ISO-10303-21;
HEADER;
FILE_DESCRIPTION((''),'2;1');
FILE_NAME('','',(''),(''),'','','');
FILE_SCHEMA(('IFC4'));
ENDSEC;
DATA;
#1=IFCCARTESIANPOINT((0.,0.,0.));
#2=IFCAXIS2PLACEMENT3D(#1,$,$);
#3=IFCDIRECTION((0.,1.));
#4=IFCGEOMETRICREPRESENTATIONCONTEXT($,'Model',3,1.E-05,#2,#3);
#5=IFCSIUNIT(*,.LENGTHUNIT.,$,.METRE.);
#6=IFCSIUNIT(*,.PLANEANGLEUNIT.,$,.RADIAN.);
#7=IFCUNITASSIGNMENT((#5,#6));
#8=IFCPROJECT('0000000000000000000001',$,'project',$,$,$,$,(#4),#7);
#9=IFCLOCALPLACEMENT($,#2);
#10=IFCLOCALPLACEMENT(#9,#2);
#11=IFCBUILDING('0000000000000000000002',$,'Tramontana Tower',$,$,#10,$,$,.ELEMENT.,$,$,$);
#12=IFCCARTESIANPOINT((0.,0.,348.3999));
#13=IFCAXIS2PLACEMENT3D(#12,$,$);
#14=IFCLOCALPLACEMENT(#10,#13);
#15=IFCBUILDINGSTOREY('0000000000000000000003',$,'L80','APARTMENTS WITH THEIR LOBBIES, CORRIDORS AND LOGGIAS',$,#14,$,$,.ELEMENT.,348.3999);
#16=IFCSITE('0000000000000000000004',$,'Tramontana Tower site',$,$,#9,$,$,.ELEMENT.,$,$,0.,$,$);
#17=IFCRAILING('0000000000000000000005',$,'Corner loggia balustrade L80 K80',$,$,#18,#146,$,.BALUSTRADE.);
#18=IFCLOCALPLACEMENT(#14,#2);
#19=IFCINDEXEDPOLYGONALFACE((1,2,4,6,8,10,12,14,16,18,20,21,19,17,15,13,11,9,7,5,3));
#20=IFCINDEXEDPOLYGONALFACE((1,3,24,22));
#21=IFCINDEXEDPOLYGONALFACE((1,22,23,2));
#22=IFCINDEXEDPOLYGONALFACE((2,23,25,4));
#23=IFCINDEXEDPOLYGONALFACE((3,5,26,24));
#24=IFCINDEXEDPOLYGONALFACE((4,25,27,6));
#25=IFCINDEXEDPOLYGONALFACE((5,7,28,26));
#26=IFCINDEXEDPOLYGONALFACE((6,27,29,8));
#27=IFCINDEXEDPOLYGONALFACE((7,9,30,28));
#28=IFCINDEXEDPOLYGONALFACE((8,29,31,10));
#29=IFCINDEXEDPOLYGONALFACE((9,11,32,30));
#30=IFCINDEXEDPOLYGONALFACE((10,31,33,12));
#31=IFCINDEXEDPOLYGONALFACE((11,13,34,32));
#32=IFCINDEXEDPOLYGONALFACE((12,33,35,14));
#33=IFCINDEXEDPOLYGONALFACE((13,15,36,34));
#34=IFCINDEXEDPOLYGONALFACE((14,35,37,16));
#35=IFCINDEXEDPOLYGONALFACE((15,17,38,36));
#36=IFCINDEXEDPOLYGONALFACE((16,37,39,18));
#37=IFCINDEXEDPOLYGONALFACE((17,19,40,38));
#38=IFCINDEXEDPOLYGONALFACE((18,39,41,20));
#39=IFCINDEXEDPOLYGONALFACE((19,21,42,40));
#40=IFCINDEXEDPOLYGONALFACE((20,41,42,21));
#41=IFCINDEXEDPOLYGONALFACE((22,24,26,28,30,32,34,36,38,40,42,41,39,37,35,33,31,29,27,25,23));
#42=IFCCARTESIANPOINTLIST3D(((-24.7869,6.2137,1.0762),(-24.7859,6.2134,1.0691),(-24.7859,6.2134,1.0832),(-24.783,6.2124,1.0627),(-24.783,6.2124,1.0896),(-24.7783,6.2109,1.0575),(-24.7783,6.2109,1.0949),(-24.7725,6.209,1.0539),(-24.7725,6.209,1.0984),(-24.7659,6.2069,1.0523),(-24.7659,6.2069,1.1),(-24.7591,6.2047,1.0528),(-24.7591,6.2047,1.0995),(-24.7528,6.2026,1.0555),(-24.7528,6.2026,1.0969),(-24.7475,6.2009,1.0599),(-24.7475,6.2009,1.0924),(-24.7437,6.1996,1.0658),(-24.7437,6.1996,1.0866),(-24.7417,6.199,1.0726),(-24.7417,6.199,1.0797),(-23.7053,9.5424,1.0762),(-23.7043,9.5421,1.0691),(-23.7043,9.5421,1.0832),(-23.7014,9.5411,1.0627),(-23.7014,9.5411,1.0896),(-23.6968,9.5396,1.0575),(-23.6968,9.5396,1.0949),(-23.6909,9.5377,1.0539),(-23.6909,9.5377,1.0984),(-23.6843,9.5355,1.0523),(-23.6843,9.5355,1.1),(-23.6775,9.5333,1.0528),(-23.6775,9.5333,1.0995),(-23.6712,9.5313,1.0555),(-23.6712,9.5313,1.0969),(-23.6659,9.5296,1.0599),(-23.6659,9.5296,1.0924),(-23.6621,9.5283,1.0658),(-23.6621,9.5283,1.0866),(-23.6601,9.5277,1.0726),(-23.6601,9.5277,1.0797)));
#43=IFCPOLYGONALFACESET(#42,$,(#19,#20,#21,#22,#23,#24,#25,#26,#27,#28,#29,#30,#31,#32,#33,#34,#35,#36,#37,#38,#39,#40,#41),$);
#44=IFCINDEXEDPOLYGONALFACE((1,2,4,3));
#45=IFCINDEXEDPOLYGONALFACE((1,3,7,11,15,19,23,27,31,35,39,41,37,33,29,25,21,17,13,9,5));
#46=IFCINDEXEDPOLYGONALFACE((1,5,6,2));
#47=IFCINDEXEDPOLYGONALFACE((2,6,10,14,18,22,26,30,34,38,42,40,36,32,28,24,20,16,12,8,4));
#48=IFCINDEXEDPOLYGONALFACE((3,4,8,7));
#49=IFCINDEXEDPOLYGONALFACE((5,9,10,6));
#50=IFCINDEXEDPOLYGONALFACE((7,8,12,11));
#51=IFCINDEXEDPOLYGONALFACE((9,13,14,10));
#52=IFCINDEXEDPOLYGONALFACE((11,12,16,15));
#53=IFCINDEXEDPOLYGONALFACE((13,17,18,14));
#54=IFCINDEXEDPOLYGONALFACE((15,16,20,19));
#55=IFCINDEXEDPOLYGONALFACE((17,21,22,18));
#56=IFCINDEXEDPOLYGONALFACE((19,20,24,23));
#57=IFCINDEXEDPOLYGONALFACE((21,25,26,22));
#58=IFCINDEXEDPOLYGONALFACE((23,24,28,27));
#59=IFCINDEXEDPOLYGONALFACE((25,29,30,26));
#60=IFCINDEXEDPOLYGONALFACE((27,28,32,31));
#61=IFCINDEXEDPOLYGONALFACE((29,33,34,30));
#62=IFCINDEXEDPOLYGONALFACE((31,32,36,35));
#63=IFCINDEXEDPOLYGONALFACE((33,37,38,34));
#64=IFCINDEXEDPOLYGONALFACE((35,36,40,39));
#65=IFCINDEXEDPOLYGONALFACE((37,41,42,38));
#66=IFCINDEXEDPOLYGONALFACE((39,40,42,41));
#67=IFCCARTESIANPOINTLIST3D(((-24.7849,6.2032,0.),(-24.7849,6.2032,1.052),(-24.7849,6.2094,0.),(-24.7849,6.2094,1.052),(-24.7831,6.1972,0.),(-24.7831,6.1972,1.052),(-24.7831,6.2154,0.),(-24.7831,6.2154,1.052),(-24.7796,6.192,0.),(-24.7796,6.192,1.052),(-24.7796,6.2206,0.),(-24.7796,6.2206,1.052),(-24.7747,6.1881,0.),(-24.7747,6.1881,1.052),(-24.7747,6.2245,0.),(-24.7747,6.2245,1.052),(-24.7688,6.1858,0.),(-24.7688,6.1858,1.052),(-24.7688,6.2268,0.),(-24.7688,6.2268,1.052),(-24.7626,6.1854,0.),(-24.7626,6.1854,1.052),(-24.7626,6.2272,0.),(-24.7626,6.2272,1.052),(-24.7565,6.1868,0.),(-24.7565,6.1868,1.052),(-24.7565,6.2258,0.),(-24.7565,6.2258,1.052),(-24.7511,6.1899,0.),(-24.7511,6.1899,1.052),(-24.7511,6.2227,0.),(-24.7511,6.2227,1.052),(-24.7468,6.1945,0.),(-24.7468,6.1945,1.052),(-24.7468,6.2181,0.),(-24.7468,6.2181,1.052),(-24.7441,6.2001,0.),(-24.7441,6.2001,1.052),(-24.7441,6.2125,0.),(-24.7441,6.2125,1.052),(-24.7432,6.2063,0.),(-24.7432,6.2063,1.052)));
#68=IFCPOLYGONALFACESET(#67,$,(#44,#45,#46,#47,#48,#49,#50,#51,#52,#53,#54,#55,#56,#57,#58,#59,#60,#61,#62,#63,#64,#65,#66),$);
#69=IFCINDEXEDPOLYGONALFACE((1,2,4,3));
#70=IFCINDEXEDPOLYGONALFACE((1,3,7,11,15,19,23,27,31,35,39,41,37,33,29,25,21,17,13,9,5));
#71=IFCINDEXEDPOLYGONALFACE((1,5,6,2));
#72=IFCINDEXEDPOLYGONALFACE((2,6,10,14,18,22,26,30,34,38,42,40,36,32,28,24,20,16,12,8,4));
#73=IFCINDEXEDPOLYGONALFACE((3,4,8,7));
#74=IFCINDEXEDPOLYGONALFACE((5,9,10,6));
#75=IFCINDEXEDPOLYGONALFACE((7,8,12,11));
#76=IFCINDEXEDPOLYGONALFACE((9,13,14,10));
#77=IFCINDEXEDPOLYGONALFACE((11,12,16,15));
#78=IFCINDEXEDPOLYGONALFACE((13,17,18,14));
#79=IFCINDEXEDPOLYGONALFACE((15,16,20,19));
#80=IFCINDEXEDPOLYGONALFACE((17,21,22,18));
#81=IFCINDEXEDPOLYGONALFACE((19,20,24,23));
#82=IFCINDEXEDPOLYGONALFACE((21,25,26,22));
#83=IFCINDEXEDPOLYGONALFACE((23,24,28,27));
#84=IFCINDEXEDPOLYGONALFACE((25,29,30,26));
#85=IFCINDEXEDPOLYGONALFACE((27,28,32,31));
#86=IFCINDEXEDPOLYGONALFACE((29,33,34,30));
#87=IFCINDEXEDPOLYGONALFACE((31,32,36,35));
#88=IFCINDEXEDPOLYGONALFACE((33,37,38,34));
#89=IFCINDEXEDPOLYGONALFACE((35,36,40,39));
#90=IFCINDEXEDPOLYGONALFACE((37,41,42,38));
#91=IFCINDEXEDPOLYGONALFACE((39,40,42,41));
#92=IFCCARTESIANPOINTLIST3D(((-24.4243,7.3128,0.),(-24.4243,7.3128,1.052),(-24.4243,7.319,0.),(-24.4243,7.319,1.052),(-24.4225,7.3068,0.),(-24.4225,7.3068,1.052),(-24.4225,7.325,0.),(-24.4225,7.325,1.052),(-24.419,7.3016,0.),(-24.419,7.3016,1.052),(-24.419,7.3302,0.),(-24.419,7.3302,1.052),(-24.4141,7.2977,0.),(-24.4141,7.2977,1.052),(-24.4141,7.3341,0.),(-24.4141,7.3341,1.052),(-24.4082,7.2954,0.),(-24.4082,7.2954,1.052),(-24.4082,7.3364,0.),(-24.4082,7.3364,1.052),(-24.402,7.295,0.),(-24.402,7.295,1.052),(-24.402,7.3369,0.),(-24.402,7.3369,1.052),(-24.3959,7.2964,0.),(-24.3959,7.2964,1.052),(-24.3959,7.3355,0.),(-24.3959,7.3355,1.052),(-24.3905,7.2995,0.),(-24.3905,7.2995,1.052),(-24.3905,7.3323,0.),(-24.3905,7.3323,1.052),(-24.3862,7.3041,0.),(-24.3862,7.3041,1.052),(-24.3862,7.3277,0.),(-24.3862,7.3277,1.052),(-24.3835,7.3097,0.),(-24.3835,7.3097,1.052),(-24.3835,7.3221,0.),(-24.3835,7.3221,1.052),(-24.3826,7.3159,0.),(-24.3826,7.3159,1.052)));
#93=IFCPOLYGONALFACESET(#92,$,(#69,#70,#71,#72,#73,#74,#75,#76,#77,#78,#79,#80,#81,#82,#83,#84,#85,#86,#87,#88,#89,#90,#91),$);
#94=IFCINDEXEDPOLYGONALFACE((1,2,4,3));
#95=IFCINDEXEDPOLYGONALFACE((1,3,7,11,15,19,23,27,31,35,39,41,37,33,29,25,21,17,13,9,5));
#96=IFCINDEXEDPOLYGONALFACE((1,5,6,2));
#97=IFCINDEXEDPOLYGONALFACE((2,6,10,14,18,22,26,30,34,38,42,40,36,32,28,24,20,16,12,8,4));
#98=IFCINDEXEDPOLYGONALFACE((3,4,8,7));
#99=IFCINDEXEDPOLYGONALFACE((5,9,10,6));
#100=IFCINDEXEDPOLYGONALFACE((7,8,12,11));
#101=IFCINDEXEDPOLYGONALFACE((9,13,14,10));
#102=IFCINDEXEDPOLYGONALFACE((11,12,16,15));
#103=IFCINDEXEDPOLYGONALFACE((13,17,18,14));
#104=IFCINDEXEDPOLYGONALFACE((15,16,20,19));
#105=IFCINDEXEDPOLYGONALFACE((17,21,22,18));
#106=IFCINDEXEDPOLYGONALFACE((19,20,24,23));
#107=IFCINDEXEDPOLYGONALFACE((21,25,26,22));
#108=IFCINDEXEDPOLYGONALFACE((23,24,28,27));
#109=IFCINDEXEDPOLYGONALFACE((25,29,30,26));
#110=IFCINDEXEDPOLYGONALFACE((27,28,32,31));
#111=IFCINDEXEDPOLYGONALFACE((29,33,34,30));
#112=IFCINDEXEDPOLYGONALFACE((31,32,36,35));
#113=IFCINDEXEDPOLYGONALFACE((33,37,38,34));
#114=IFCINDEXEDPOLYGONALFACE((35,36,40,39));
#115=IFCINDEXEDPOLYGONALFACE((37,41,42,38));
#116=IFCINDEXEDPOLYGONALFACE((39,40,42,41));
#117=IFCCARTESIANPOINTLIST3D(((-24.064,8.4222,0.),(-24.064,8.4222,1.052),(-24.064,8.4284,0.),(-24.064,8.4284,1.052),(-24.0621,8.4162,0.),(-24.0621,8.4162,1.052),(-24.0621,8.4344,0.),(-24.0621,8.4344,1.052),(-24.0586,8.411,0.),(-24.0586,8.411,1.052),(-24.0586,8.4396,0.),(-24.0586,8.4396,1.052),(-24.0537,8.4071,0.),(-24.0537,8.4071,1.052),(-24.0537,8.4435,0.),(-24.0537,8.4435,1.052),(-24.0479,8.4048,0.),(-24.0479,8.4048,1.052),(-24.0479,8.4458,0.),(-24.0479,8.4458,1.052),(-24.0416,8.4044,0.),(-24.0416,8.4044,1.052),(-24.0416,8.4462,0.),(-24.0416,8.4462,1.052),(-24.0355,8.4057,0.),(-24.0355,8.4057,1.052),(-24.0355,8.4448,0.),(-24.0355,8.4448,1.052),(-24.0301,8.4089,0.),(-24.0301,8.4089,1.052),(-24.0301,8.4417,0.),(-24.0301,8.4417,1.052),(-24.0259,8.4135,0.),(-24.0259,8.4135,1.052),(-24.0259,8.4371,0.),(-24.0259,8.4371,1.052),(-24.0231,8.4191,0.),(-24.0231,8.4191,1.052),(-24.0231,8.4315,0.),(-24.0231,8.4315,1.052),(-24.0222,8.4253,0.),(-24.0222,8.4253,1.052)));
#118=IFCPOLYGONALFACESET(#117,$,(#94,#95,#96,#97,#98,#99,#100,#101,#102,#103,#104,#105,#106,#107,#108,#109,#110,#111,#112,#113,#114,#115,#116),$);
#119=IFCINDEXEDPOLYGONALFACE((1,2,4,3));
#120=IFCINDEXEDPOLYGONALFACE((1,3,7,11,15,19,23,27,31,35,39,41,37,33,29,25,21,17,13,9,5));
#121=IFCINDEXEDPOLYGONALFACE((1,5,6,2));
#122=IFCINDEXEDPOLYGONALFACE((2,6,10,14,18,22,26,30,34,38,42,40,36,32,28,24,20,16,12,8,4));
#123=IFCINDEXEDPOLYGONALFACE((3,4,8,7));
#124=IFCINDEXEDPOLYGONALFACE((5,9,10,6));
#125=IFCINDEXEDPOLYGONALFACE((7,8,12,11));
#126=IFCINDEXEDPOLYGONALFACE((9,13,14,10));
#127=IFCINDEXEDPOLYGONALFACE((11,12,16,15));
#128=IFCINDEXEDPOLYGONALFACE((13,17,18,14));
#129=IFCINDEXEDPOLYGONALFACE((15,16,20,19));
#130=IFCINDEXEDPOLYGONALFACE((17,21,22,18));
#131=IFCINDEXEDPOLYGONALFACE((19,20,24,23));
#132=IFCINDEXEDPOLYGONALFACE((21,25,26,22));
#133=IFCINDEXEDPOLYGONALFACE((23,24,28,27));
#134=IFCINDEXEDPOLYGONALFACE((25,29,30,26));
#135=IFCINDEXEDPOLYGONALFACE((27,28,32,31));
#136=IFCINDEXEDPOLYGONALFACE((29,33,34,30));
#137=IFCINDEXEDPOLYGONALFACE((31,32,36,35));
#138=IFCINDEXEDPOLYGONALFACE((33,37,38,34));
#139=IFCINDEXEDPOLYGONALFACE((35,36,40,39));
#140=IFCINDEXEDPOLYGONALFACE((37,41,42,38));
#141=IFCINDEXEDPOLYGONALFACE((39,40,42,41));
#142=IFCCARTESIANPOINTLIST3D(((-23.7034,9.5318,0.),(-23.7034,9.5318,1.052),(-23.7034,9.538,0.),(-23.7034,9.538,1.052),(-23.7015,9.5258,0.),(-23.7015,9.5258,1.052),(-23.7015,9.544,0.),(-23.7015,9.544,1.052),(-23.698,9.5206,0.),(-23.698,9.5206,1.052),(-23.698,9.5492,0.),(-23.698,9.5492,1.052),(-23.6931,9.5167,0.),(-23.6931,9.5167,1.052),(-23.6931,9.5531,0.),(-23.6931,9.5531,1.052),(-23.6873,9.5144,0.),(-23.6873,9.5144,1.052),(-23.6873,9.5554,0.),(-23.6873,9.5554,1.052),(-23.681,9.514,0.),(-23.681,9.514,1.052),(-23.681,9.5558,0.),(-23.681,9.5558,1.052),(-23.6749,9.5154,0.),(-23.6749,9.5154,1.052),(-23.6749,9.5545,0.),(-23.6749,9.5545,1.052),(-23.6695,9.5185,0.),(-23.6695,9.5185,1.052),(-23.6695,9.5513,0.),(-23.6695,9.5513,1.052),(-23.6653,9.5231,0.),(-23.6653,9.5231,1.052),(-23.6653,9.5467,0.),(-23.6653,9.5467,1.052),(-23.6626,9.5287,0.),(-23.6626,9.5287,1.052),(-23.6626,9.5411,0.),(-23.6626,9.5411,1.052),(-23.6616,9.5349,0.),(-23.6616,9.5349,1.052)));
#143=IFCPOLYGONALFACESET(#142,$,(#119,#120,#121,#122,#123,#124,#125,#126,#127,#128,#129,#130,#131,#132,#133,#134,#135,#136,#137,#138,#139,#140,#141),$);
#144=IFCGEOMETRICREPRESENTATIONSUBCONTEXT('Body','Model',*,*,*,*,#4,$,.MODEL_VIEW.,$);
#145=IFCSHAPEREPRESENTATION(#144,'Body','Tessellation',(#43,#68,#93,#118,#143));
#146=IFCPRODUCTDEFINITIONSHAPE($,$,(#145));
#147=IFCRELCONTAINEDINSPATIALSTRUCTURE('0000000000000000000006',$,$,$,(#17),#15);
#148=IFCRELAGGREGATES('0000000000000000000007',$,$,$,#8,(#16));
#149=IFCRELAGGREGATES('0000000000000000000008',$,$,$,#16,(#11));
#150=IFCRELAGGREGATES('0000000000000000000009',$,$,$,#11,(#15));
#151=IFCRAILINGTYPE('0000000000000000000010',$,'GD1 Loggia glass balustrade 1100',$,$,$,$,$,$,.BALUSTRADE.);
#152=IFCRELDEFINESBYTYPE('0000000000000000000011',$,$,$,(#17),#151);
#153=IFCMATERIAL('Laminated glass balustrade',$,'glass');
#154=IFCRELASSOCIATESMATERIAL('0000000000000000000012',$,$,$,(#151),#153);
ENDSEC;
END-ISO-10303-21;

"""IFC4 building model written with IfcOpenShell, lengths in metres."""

from ifc_helpers import new_model, si_unit, direction, frame, origin, origin_2d, place, context, subcontext, project, spatial, circle, extrude, material, type_object, element, save


model = new_model("IFC4")

# Units and contexts
model_context = context("Model", 3, precision=1e-05, world=origin(), true_north=direction((0.0, 1.0)))
body_context = subcontext(model_context, "Body", "Model", "MODEL_VIEW")
ifc_project = project(units=[si_unit("LENGTHUNIT", "METRE"), si_unit("PLANEANGLEUNIT", "RADIAN")], contexts=[model_context])

# Site, building, storey
site_placement = place(None, origin())
site = spatial("IfcSite", under=ifc_project, at=site_placement, Name="Tramontana Tower site", CompositionType="ELEMENT", RefElevation=0.0)
building_placement = place(site_placement, origin())
building = spatial("IfcBuilding", under=site, at=building_placement, Name="Tramontana Tower", CompositionType="ELEMENT")
storey_placement = place(building_placement, frame((0.0, 0.0, 348.3999)))
storey = spatial("IfcBuildingStorey", under=building, at=storey_placement, Name="L80", Description="APARTMENTS WITH THEIR LOBBIES, CORRIDORS AND LOGGIAS", CompositionType="ELEMENT", Elevation=348.3999)

# Railing
ifc_material_1 = material(Name="Laminated glass balustrade", Category="glass")
railing_type = type_object("IfcRailingType", Name="GD1 Loggia glass balustrade 1100", PredefinedType="BALUSTRADE", material=ifc_material_1)
railing_placement = place(storey_placement, frame((-24.7642, 6.2063, 0.0)))
element("IfcRailing", 1, at=railing_placement, inside=storey, type_object=railing_type, Name="Corner loggia balustrade L80 K80", PredefinedType="BALUSTRADE", context=body_context, shape_type="SweptSolid", body=[
    extrude(circle(Radius=0.0239, at=origin_2d()), frame((0.0, 0.0, 1.0762), z_axis=(0.30902, 0.951056, 0.0), x_axis=(-0.951056, 0.30902, 0.0)), (0.0, 0.0, 1.0), 3.5),
    extrude(circle(Radius=0.021, at=origin_2d()), origin(), (0.0, 0.0, 1.0), 1.052),
    extrude(circle(Radius=0.021, at=origin_2d()), frame((0.3606, 1.1096, 0.0)), (0.0, 0.0, 1.0), 1.052),
    extrude(circle(Radius=0.021, at=origin_2d()), frame((0.7209, 2.219, 0.0)), (0.0, 0.0, 1.0), 1.052),
    extrude(circle(Radius=0.021, at=origin_2d()), frame((1.0815, 3.3286, 0.0)), (0.0, 0.0, 1.0), 1.052),
])

save(model, "model.ifc")
